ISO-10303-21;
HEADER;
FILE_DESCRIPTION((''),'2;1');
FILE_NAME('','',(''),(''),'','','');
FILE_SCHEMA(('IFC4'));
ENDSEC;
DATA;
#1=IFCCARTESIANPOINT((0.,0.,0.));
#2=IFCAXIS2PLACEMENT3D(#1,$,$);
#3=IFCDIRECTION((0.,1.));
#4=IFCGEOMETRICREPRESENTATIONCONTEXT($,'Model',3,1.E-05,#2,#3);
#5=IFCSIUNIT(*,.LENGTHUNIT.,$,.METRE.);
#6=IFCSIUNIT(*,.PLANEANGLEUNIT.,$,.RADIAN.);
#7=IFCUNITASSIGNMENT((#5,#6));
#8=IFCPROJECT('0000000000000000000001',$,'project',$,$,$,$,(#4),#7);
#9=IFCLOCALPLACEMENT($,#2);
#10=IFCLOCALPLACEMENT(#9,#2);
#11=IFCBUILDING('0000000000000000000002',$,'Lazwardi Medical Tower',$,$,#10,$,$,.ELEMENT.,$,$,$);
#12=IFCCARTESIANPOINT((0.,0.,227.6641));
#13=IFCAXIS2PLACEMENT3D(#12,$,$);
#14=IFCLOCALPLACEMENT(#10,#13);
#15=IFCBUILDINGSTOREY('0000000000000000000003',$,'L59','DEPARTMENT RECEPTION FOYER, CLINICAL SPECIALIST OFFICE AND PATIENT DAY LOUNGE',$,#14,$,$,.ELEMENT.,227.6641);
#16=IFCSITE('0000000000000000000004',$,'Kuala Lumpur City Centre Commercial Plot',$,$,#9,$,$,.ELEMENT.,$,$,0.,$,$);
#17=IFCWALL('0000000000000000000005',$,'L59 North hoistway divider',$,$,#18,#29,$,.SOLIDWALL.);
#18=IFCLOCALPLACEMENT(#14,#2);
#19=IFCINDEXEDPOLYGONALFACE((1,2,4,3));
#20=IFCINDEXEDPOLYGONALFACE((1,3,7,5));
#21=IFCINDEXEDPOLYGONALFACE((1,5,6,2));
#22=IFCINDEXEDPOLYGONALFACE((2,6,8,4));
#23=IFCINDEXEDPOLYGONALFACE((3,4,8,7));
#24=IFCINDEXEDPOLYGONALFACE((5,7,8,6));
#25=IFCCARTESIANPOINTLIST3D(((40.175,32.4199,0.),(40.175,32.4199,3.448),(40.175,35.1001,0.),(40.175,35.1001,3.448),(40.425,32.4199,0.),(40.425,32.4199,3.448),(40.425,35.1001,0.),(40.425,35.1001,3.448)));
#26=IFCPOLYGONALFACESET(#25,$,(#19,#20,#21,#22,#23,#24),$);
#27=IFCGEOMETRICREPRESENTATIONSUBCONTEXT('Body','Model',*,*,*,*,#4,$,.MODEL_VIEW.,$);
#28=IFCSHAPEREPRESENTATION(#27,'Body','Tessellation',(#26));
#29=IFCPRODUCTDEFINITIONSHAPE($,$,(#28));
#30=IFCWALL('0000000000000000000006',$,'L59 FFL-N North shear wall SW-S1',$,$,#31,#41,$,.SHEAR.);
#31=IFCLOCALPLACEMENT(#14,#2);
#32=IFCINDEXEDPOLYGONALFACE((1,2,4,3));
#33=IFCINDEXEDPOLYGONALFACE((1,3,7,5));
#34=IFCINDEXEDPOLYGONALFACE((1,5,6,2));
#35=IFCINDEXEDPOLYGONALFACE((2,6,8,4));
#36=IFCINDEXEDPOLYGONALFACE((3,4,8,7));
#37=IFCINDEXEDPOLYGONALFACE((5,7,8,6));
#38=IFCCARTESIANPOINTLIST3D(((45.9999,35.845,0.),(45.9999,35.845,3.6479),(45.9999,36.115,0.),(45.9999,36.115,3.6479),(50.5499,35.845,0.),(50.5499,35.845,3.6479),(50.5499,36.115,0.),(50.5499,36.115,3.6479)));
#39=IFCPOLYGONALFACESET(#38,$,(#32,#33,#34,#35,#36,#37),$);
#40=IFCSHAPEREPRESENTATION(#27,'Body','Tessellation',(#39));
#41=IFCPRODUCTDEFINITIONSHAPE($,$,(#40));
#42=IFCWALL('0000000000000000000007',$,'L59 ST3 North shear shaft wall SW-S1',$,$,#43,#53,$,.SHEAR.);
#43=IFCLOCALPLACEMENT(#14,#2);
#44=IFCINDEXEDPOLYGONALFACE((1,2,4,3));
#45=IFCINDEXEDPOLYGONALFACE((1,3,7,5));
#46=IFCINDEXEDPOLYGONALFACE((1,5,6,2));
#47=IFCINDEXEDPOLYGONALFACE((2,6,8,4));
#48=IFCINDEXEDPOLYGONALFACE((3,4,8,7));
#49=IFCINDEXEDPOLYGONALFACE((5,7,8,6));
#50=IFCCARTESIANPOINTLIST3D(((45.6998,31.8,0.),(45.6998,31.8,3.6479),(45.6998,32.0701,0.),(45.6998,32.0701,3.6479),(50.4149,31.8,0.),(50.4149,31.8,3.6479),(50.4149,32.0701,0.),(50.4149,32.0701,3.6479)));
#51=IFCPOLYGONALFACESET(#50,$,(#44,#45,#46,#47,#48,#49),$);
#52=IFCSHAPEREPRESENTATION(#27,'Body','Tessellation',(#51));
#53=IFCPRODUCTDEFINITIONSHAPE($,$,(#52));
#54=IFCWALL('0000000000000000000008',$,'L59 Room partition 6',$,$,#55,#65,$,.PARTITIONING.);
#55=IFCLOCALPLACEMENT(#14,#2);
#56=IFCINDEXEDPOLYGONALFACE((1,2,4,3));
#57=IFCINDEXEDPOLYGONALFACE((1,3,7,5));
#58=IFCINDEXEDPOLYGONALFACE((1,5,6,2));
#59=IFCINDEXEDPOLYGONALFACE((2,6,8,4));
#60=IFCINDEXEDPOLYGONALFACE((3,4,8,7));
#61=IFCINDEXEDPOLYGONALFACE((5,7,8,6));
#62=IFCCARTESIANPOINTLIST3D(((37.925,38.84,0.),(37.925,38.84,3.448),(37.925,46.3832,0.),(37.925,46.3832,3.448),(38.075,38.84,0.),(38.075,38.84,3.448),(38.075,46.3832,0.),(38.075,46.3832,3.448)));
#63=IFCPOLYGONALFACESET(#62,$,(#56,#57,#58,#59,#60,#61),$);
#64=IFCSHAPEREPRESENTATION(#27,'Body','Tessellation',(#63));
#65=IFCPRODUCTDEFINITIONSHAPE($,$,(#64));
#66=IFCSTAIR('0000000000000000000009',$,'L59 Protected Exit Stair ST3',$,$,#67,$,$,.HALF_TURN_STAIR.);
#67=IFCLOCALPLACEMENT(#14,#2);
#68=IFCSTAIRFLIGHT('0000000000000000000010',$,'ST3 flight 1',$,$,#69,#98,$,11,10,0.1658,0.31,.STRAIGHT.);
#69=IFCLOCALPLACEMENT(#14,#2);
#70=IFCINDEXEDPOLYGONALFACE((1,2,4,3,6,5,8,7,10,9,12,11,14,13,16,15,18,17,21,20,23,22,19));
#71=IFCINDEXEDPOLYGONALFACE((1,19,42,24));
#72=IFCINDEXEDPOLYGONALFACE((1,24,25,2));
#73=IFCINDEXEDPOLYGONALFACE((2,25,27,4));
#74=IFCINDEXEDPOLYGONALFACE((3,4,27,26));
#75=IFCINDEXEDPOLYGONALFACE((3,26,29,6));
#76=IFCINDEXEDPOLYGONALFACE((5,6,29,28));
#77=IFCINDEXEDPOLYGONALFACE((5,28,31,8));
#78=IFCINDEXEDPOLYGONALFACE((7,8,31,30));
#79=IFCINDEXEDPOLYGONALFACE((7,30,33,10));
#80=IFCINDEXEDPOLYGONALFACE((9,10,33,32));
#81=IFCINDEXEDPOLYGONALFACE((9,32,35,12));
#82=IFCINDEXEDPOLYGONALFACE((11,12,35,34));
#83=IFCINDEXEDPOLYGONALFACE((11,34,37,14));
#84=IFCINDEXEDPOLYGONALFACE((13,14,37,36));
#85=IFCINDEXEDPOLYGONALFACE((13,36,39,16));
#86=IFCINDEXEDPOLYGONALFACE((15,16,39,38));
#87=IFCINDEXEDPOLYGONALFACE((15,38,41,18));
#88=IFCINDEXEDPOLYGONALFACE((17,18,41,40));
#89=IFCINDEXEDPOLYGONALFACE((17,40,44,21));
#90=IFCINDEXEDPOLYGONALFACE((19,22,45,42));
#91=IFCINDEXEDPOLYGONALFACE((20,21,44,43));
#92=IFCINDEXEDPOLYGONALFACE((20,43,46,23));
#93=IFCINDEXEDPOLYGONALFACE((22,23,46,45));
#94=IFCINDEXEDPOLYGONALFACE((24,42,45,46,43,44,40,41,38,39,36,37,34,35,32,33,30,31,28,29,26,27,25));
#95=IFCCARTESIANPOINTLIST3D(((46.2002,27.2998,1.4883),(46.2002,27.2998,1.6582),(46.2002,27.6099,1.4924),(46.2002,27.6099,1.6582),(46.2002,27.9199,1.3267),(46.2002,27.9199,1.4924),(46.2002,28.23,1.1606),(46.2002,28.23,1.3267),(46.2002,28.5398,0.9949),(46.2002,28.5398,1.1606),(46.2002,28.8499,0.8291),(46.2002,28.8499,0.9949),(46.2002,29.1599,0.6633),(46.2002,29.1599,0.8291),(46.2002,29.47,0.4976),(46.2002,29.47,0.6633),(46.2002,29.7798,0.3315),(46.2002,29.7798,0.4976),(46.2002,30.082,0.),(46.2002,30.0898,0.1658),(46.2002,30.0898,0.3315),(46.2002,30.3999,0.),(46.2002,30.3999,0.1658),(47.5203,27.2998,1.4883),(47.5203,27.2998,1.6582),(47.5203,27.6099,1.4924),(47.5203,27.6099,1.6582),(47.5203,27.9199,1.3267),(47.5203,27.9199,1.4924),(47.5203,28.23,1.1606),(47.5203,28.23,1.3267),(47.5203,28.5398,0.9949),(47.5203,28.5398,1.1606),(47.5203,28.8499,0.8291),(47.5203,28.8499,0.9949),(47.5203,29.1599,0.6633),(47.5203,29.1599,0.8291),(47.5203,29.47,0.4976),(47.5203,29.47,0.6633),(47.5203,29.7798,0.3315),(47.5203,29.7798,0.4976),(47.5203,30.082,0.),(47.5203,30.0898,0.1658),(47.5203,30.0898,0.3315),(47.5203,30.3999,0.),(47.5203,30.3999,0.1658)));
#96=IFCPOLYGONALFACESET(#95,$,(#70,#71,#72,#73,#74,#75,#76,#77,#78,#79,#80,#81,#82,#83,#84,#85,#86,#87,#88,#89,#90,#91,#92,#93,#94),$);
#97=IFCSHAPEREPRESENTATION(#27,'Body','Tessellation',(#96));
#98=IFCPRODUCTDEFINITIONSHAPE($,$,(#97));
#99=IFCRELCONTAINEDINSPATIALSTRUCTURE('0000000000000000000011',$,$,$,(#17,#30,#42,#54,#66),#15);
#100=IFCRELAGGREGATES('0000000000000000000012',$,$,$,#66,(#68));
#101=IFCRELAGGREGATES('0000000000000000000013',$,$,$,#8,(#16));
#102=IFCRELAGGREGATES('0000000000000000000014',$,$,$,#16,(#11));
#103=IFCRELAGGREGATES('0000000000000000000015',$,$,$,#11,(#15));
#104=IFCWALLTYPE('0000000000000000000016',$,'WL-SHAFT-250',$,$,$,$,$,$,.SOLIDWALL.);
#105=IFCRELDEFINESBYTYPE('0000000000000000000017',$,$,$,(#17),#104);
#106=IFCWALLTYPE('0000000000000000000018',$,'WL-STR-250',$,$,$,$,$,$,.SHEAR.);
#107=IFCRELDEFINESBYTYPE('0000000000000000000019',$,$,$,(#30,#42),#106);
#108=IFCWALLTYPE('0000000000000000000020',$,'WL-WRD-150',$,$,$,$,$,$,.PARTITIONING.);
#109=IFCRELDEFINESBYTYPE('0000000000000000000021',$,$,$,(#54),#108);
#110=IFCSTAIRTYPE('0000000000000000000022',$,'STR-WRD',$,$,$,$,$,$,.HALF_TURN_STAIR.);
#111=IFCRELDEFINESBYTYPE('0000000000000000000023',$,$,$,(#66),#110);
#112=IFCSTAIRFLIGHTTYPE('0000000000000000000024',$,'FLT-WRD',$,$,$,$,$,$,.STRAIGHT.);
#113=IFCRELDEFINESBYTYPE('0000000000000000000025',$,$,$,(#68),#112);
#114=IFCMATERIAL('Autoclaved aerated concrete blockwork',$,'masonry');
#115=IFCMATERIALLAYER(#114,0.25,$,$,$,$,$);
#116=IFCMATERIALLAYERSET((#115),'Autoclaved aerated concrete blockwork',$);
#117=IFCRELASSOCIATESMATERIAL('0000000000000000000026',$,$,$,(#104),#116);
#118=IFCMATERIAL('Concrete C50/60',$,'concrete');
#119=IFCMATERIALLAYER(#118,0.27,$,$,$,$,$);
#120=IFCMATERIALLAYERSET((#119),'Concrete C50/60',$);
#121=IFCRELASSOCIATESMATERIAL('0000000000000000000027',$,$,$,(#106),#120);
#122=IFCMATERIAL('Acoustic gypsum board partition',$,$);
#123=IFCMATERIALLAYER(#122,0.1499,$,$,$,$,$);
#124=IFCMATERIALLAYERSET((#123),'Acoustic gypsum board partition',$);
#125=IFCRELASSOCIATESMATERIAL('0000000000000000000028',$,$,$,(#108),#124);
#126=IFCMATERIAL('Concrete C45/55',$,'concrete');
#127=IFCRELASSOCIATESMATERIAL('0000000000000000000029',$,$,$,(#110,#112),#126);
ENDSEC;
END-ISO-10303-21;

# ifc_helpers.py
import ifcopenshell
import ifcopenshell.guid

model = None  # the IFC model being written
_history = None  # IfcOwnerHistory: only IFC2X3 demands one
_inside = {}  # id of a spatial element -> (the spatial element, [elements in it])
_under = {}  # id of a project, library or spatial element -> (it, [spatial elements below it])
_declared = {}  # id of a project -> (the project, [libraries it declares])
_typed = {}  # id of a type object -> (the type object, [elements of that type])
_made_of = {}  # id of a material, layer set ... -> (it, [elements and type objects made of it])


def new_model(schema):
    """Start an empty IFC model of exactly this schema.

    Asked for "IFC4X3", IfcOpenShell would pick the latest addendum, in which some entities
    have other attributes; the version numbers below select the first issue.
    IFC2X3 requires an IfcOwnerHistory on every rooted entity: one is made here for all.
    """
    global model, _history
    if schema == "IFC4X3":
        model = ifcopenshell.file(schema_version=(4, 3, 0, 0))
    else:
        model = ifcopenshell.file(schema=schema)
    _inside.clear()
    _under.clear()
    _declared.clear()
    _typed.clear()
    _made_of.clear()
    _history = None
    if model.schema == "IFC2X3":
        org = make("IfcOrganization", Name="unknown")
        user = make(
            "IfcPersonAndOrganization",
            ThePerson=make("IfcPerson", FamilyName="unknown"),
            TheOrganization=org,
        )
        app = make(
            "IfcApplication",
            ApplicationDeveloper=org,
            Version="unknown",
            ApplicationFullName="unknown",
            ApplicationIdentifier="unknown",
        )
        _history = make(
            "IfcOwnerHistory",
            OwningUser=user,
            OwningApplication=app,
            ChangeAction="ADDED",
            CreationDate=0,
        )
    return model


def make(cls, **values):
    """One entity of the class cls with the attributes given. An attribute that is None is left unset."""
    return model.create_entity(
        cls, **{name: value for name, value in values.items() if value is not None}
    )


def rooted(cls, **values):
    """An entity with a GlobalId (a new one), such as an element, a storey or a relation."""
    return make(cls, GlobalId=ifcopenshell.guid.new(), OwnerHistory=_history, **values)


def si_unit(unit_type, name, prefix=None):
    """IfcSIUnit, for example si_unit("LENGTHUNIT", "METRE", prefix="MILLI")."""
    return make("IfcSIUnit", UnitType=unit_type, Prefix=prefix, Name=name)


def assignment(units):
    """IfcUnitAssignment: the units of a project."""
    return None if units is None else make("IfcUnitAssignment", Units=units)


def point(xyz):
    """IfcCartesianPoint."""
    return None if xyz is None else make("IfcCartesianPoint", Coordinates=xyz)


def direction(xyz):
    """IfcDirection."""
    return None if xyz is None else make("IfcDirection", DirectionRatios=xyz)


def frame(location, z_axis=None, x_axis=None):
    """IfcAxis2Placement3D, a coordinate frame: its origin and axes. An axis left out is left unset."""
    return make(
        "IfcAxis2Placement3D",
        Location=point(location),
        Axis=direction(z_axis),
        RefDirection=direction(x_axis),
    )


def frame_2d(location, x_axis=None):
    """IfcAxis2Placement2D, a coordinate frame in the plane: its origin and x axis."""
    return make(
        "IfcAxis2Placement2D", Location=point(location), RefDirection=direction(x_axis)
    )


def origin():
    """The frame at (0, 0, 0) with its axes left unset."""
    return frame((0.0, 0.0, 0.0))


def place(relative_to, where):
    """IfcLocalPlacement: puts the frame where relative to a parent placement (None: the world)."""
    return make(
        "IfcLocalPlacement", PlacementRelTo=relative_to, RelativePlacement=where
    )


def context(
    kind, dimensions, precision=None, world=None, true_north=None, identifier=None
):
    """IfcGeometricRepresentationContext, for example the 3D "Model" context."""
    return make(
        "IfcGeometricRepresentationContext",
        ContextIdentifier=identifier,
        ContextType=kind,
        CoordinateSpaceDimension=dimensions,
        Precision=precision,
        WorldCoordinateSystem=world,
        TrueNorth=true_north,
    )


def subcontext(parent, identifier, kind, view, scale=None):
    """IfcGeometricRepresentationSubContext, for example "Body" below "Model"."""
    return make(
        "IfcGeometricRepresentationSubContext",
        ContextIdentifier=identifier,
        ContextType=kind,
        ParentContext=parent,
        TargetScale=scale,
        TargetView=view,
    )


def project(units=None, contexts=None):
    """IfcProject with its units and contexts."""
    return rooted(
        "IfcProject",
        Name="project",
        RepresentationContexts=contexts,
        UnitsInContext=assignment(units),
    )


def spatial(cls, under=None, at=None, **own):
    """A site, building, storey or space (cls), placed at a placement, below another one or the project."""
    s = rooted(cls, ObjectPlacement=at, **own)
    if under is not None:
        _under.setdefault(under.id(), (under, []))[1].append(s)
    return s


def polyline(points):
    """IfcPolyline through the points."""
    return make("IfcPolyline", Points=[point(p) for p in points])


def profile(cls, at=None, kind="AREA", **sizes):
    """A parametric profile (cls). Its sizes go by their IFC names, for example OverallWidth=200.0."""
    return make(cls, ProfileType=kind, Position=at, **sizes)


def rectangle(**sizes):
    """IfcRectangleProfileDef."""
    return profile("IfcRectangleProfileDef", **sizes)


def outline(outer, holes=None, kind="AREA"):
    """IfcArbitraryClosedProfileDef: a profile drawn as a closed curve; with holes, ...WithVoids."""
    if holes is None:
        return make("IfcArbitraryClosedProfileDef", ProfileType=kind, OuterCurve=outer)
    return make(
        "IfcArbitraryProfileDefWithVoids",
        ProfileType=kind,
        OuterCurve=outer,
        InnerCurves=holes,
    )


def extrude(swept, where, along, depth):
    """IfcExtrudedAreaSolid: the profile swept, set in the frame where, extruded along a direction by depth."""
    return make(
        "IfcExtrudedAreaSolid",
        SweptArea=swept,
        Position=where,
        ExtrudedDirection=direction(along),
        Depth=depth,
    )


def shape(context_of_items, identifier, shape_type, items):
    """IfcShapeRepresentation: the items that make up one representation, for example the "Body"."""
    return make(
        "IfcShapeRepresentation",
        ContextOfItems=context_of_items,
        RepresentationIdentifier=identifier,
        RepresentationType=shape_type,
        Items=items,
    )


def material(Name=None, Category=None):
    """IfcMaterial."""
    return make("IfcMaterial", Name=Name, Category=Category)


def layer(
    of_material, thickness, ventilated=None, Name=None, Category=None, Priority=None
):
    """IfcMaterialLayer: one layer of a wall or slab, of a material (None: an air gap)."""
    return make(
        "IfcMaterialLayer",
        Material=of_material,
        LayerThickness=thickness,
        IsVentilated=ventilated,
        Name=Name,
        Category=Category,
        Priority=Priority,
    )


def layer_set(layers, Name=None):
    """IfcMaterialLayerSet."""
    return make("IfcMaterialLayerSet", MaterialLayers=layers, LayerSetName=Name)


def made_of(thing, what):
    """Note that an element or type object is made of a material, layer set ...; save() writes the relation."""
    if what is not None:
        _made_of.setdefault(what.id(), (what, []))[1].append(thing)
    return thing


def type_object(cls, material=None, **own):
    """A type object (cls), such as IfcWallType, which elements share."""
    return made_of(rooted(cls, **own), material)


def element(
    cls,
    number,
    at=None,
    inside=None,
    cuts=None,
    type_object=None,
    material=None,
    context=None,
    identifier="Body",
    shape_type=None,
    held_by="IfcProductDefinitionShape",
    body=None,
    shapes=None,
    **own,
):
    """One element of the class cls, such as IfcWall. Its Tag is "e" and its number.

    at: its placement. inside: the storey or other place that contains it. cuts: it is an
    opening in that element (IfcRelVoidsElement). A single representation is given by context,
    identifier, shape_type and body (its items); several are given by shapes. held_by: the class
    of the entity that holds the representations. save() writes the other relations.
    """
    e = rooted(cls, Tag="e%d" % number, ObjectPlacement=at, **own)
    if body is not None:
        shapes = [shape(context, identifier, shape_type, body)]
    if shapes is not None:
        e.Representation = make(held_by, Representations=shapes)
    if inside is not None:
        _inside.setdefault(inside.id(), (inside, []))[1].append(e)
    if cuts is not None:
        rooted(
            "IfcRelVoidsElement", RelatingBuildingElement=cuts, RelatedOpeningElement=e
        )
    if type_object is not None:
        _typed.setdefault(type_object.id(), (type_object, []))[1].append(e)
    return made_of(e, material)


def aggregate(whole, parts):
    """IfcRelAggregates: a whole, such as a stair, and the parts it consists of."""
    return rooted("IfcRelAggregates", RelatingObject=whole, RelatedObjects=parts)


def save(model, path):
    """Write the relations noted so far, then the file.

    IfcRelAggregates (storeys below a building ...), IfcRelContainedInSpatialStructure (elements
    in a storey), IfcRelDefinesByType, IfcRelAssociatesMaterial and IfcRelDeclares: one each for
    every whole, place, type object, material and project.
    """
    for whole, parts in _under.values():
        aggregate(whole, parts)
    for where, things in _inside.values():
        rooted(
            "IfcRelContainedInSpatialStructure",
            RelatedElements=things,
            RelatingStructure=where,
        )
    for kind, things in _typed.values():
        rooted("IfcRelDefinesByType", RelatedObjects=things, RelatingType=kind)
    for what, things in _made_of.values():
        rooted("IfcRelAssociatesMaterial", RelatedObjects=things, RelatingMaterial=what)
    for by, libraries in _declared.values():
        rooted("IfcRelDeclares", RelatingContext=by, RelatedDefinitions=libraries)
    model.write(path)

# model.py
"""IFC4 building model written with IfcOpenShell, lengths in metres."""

from ifc_helpers import new_model, si_unit, direction, frame, frame_2d, origin, place, context, subcontext, project, spatial, polyline, rectangle, outline, extrude, material, layer, layer_set, type_object, element, aggregate, save


model = new_model("IFC4")

# Units and contexts
model_context = context("Model", 3, precision=1e-05, world=origin(), true_north=direction((0.0, 1.0)))
body_context = subcontext(model_context, "Body", "Model", "MODEL_VIEW")
ifc_project = project(units=[si_unit("LENGTHUNIT", "METRE"), si_unit("PLANEANGLEUNIT", "RADIAN")], contexts=[model_context])

# Site, building, storey
site_placement = place(None, origin())
site = spatial("IfcSite", under=ifc_project, at=site_placement, Name="Kuala Lumpur City Centre Commercial Plot", CompositionType="ELEMENT", RefElevation=0.0)
building_placement = place(site_placement, origin())
building = spatial("IfcBuilding", under=site, at=building_placement, Name="Lazwardi Medical Tower", CompositionType="ELEMENT")
storey_placement = place(building_placement, frame((0.0, 0.0, 227.6641)))
storey = spatial("IfcBuildingStorey", under=building, at=storey_placement, Name="L59", Description="DEPARTMENT RECEPTION FOYER, CLINICAL SPECIALIST OFFICE AND PATIENT DAY LOUNGE", CompositionType="ELEMENT", Elevation=227.6641)

# Wall
ifc_material_1 = material(Name="Autoclaved aerated concrete blockwork", Category="masonry")
ifc_layer_1 = layer(ifc_material_1, 0.25)
ifc_layer_set_1 = layer_set([ifc_layer_1], Name="Autoclaved aerated concrete blockwork")
wall_type_1 = type_object("IfcWallType", Name="WL-SHAFT-250", PredefinedType="SOLIDWALL", material=ifc_layer_set_1)
for number, where, z_axis, x_axis, name in (
    (1, (40.3, 32.4199, 0.0), (0.0, 0.0, 1.0), (0.0, 1.0, 0.0), "L59 North hoistway divider"),
):
    element("IfcWall", number, at=place(storey_placement, frame(where, z_axis=z_axis, x_axis=x_axis)), inside=storey, type_object=wall_type_1, Name=name, PredefinedType="SOLIDWALL", context=body_context, shape_type="SweptSolid", body=[
        extrude(rectangle(XDim=2.6802, YDim=0.25, at=frame_2d((1.3401, 0.0))), origin(), (0.0, 0.0, 1.0), 3.448),
    ])

# Shared definitions
ifc_material_2 = material(Name="Concrete C50/60", Category="concrete")
ifc_layer_2 = layer(ifc_material_2, 0.27)
ifc_layer_set_2 = layer_set([ifc_layer_2], Name="Concrete C50/60")
wall_type_2 = type_object("IfcWallType", Name="WL-STR-250", PredefinedType="SHEAR", material=ifc_layer_set_2)

# Walls
wall_1_placement = place(storey_placement, frame((46.0, 35.98, 0.0), z_axis=(0.0, 0.0, 1.0), x_axis=(1.0, 0.0, 0.0)))
element("IfcWall", 2, at=wall_1_placement, inside=storey, type_object=wall_type_2, Name="L59 FFL-N North shear wall SW-S1", PredefinedType="SHEAR", context=body_context, shape_type="SweptSolid", body=[
    extrude(rectangle(XDim=4.55, YDim=0.27, at=frame_2d((2.2749, 0.0))), origin(), (0.0, 0.0, 1.0), 3.6479),
])
wall_2_placement = place(storey_placement, frame((45.7, 31.9351, 0.0), z_axis=(0.0, 0.0, 1.0), x_axis=(1.0, 0.0, 0.0)))
element("IfcWall", 3, at=wall_2_placement, inside=storey, type_object=wall_type_2, Name="L59 ST3 North shear shaft wall SW-S1", PredefinedType="SHEAR", context=body_context, shape_type="SweptSolid", body=[
    extrude(rectangle(XDim=4.7151, YDim=0.27, at=frame_2d((2.3574, 0.0))), origin(), (0.0, 0.0, 1.0), 3.6479),
])
ifc_material_3 = material(Name="Acoustic gypsum board partition")
ifc_layer_3 = layer(ifc_material_3, 0.1499)
ifc_layer_set_3 = layer_set([ifc_layer_3], Name="Acoustic gypsum board partition")
wall_type_3 = type_object("IfcWallType", Name="WL-WRD-150", PredefinedType="PARTITIONING", material=ifc_layer_set_3)
wall_3_placement = place(storey_placement, frame((38.0, 38.8401, 0.0), z_axis=(0.0, 0.0, 1.0), x_axis=(0.0, 1.0, 0.0)))
element("IfcWall", 4, at=wall_3_placement, inside=storey, type_object=wall_type_3, Name="L59 Room partition 6", PredefinedType="PARTITIONING", context=body_context, shape_type="SweptSolid", body=[
    extrude(rectangle(XDim=7.5432, YDim=0.1499, at=frame_2d((3.7715, 0.0))), origin(), (0.0, 0.0, 1.0), 3.448),
])

# Stair, stair flight
ifc_material_4 = material(Name="Concrete C45/55", Category="concrete")
stair_type = type_object("IfcStairType", Name="STR-WRD", PredefinedType="HALF_TURN_STAIR", material=ifc_material_4)
stair_placement = place(storey_placement, origin())
stair = element("IfcStair", 5, at=stair_placement, inside=storey, type_object=stair_type, Name="L59 Protected Exit Stair ST3", PredefinedType="HALF_TURN_STAIR")
stair_flight_type = type_object("IfcStairFlightType", Name="FLT-WRD", PredefinedType="STRAIGHT", material=ifc_material_4)
stair_flight_placement = place(storey_placement, frame((46.8601, 30.3999, 0.0), z_axis=(0.0, 0.0, 1.0), x_axis=(0.0, -1.0, 0.0)))
stair_flight = element("IfcStairFlight", 6, at=stair_flight_placement, type_object=stair_flight_type, Name="ST3 flight 1", NumberOfRisers=11, NumberOfTreads=10, PredefinedType="STRAIGHT", RiserHeight=0.1658, TreadLength=0.31, context=body_context, shape_type="SweptSolid", body=[
    extrude(outline(polyline([(0.0, 0.0), (0.0, 0.1658), (0.3101, 0.1658), (0.3101, 0.3315), (0.6201, 0.3315), (0.6201, 0.4976), (0.9299, 0.4976), (0.9299, 0.6633), (1.24, 0.6633), (1.24, 0.8291), (1.55, 0.8291), (1.55, 0.9949), (1.8601, 0.9949), (1.8601, 1.1606), (2.1699, 1.1606), (2.1699, 1.3267), (2.48, 1.3267), (2.48, 1.4924), (2.79, 1.4924), (2.79, 1.6582), (3.1001, 1.6582), (3.1001, 1.824), (3.1001, 1.4883), (0.3179, 0.0), (0.0, 0.0)])), frame((0.0, 0.6602, 0.0), z_axis=(0.0, -1.0, 0.0), x_axis=(1.0, 0.0, 0.0)), (0.0, 0.0, 1.0), 1.3201),
])
aggregate(stair, [stair_flight])

save(model, "model.ifc")
